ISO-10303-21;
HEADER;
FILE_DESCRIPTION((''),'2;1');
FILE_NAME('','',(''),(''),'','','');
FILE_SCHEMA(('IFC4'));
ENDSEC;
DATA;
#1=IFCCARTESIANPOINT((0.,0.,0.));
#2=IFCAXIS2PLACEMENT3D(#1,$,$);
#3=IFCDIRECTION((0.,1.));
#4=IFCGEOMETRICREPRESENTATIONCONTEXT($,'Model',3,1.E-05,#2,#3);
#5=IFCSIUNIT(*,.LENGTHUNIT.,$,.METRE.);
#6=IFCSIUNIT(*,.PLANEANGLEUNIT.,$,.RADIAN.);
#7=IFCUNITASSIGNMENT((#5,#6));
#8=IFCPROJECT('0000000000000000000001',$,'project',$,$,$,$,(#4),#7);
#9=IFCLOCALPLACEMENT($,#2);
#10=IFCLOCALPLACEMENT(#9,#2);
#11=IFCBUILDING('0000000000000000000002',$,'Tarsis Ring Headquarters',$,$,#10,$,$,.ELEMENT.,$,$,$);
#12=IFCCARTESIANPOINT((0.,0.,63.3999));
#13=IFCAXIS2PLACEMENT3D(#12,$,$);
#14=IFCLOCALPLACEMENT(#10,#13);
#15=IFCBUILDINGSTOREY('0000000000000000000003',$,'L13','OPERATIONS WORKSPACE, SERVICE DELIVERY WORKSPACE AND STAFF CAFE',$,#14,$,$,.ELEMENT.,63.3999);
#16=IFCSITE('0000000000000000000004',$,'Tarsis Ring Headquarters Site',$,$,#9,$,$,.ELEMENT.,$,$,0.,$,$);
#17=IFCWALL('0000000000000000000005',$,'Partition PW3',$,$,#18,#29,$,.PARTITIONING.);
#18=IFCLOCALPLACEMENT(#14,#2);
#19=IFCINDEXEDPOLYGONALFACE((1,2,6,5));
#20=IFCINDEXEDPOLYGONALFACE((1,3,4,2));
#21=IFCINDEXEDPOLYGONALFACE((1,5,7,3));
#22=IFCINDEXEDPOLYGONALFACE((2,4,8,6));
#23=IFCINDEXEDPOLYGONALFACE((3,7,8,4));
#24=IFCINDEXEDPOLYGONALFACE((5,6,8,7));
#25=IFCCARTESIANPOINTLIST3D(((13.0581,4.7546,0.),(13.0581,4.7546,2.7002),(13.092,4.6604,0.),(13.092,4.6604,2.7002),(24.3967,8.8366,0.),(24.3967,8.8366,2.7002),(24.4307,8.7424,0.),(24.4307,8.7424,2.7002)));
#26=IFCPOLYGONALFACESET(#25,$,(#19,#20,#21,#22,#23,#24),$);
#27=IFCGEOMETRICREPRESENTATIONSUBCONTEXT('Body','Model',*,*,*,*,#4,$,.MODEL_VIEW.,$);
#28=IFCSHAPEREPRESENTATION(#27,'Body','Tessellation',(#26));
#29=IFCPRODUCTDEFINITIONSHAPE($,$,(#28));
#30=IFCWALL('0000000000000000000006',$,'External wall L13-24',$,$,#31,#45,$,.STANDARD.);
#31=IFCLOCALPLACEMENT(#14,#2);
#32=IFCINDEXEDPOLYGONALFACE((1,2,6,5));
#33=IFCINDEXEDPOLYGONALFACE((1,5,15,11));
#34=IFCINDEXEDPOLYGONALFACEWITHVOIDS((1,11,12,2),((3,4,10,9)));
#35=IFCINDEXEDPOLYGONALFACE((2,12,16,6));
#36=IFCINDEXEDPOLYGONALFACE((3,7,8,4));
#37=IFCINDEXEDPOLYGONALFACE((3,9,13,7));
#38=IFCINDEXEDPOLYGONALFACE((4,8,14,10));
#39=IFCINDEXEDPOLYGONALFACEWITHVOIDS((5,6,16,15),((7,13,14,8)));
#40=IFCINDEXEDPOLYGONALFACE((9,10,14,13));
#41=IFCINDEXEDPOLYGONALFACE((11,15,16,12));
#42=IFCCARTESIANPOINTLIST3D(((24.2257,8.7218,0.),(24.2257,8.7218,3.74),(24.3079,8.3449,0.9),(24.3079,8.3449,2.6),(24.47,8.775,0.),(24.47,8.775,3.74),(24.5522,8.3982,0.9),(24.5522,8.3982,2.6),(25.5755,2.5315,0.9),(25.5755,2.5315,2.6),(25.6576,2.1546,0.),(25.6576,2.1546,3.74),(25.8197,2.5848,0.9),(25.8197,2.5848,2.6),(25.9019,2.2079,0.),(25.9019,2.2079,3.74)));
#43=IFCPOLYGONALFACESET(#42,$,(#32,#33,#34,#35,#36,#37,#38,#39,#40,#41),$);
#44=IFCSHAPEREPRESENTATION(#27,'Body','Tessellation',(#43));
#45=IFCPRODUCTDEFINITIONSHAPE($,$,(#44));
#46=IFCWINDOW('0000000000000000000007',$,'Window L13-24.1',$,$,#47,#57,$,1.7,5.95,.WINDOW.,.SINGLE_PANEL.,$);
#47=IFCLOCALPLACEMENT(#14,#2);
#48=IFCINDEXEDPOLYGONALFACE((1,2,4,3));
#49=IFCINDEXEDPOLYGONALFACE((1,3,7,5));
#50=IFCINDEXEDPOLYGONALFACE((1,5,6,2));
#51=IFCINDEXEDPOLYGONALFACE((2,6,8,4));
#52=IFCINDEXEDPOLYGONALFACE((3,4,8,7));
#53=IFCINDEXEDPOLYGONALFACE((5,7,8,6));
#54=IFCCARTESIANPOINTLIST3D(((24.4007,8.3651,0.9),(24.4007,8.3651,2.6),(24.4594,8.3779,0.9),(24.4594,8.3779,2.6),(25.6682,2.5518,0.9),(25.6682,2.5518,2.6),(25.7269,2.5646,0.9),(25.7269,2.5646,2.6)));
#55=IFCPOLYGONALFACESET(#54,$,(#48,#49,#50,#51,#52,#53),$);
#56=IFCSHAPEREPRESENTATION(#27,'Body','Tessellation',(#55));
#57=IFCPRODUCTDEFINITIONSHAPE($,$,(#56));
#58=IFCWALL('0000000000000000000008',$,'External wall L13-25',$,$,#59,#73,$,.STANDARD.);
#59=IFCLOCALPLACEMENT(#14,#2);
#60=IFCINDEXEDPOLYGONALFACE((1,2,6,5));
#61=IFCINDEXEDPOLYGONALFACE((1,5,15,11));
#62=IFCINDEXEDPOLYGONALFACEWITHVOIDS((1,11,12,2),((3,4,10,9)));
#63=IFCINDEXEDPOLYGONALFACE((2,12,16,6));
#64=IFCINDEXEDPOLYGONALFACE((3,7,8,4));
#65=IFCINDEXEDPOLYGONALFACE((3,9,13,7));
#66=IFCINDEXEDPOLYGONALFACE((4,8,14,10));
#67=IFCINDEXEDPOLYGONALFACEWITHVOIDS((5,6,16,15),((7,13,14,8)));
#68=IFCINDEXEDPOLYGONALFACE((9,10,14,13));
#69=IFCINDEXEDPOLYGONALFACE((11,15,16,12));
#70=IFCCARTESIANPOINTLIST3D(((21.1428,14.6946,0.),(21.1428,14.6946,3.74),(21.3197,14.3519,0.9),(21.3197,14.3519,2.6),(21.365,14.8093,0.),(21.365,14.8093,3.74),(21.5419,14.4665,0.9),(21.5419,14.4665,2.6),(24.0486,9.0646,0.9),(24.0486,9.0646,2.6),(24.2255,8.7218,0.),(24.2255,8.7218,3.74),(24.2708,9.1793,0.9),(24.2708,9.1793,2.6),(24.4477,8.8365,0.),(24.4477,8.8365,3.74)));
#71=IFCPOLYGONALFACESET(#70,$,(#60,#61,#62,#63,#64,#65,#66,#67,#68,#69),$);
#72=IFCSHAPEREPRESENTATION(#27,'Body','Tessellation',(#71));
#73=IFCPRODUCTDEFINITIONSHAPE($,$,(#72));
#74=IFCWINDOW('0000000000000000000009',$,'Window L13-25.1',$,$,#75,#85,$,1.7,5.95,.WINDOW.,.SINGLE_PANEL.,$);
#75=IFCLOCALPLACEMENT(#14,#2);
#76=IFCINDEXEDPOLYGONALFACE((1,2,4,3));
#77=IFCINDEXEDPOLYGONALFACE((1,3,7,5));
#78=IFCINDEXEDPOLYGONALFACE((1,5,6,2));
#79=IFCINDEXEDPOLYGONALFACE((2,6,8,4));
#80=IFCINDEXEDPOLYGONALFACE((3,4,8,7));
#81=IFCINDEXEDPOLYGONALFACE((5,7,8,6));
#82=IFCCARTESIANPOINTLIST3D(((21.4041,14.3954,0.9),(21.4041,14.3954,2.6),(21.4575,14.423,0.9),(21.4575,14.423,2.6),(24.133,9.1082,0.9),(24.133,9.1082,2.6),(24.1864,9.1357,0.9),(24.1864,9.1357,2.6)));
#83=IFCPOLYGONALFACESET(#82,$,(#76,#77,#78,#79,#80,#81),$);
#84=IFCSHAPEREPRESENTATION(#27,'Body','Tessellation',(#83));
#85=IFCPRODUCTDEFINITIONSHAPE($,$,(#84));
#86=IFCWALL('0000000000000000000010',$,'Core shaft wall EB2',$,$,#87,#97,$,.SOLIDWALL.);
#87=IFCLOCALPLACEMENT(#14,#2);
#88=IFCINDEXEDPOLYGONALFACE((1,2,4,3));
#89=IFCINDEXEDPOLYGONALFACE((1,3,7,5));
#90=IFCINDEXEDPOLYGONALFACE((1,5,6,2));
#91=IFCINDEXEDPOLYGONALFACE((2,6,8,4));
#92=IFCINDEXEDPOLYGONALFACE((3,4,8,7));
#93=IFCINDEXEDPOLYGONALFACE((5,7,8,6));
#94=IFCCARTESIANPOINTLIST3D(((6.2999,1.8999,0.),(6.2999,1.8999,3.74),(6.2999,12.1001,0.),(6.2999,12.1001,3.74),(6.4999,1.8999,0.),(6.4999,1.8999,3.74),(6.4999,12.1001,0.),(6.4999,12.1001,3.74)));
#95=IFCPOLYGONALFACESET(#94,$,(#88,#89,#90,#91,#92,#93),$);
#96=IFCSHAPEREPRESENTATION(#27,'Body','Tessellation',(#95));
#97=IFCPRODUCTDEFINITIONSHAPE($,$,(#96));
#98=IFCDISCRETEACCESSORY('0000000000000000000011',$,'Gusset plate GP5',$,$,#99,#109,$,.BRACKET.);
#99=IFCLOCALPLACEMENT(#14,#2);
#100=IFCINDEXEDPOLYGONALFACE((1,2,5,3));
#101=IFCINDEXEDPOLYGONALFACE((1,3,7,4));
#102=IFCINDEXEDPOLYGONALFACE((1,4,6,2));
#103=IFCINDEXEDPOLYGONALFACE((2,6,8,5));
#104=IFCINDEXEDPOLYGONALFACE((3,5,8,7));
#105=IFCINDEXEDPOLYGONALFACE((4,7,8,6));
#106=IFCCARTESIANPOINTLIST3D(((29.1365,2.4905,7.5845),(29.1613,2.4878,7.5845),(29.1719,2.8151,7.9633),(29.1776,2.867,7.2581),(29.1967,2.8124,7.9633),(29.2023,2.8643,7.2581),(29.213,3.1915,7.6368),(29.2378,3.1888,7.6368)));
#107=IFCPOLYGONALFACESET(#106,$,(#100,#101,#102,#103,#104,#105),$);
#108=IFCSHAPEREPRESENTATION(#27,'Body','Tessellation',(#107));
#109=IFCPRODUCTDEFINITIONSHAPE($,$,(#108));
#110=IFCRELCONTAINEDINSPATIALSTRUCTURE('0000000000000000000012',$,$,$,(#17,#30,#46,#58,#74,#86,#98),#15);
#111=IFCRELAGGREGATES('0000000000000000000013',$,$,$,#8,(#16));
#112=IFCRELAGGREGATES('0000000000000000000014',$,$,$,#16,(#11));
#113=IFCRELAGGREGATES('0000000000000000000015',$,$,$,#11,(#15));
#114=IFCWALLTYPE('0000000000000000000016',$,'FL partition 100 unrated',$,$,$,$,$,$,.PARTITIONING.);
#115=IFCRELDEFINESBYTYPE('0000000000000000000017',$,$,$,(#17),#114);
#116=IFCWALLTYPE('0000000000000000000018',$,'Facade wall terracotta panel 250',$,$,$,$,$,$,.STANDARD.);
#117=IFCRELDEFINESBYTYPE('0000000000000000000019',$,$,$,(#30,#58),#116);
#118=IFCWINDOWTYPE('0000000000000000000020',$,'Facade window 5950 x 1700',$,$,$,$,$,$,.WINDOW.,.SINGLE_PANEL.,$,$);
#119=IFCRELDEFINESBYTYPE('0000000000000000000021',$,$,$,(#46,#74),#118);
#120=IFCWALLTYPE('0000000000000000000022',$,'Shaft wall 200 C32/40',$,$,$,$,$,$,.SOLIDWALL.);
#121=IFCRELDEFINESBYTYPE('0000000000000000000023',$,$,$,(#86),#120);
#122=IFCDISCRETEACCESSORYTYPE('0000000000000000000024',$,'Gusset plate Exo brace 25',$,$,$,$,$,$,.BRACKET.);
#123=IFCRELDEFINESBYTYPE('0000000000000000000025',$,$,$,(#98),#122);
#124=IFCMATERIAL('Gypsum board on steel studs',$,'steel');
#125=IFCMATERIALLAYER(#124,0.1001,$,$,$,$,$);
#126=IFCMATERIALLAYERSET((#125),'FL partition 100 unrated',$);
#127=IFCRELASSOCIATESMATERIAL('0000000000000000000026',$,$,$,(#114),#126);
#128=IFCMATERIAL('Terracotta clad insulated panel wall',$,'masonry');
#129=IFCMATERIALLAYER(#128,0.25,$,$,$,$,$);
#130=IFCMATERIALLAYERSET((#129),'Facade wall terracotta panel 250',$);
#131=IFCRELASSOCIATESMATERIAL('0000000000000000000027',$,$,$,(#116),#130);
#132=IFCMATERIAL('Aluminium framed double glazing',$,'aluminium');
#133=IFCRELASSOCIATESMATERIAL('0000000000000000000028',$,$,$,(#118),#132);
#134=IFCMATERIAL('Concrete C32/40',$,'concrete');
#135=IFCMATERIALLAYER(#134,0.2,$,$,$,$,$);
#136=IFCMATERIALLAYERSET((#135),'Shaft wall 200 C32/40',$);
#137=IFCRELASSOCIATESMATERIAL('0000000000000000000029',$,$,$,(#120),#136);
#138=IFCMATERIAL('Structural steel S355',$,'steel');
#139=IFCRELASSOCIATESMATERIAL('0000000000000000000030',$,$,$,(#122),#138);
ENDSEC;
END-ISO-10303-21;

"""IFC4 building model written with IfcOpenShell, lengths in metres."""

from ifc_helpers import new_model, si_unit, direction, frame, frame_2d, origin, origin_2d, place, context, subcontext, project, spatial, rectangle, extrude, material, layer, layer_set, material_profile, profile_set, type_object, element, fill, save


model = new_model("IFC4")

# Units and contexts
model_context = context("Model", 3, precision=1e-05, world=origin(), true_north=direction((0.0, 1.0)))
body_context = subcontext(model_context, "Body", "Model", "MODEL_VIEW")
ifc_project = project(units=[si_unit("LENGTHUNIT", "METRE"), si_unit("PLANEANGLEUNIT", "RADIAN")], contexts=[model_context])

# Site, building, storey
site_placement = place(None, origin())
site = spatial("IfcSite", under=ifc_project, at=site_placement, Name="Tarsis Ring Headquarters Site", CompositionType="ELEMENT", RefElevation=0.0)
building_placement = place(site_placement, origin())
building = spatial("IfcBuilding", under=site, at=building_placement, Name="Tarsis Ring Headquarters", CompositionType="ELEMENT")
storey_placement = place(building_placement, frame((0.0, 0.0, 63.3999)))
storey = spatial("IfcBuildingStorey", under=building, at=storey_placement, Name="L13", Description="OPERATIONS WORKSPACE, SERVICE DELIVERY WORKSPACE AND STAFF CAFE", CompositionType="ELEMENT", Elevation=63.3999)

# Shared definitions
ifc_material_1 = material(Name="Structural steel S355", Category="steel")

# Wall
ifc_material_2 = material(Name="Gypsum board on steel studs", Category="steel")
ifc_layer_1 = layer(ifc_material_2, 0.1001)
ifc_layer_set_1 = layer_set([ifc_layer_1], Name="FL partition 100 unrated")
wall_type_1 = type_object("IfcWallType", Name="FL partition 100 unrated", PredefinedType="PARTITIONING", material=ifc_layer_set_1)
wall_1_placement = place(storey_placement, frame((13.0752, 4.7075, 0.0), z_axis=(0.0, 0.0, 1.0), x_axis=(0.940884, 0.338729, 0.0)))
element("IfcWall", 1, at=wall_1_placement, inside=storey, type_object=wall_type_1, Name="Partition PW3", PredefinedType="PARTITIONING", context=body_context, shape_type="SweptSolid", body=[
    extrude(rectangle(XDim=12.051, YDim=0.1001, at=frame_2d((6.0254, 0.0))), origin(), (0.0, 0.0, 1.0), 2.7002),
])

# Walls, openings, windows
ifc_material_3 = material(Name="Terracotta clad insulated panel wall", Category="masonry")
ifc_layer_2 = layer(ifc_material_3, 0.25)
ifc_layer_set_2 = layer_set([ifc_layer_2], Name="Facade wall terracotta panel 250")
wall_type_2 = type_object("IfcWallType", Name="Facade wall terracotta panel 250", PredefinedType="STANDARD", material=ifc_layer_set_2)
wall_2_placement = place(storey_placement, frame((25.7798, 2.1812, 0.0), z_axis=(0.0, 0.0, 1.0), x_axis=(-0.213033, 0.977045, 0.0)))
wall_2 = element("IfcWall", 2, at=wall_2_placement, inside=storey, type_object=wall_type_2, Name="External wall L13-24", PredefinedType="STANDARD", context=body_context, shape_type="SweptSolid", body=[
    extrude(rectangle(XDim=6.7214, YDim=0.25, at=frame_2d((3.3608, 0.0))), origin(), (0.0, 0.0, 1.0), 3.74),
])
opening_1_placement = place(wall_2_placement, frame((0.3857, 0.0, 0.8999)))
opening_1 = element("IfcOpeningElement", 3, at=opening_1_placement, cuts=wall_2, PredefinedType="OPENING", context=body_context, shape_type="SweptSolid", body=[
    extrude(rectangle(XDim=5.95, YDim=1.7, at=frame_2d((2.9751, 0.8501))), frame((0.0, 0.135, 0.0), z_axis=(0.0, -1.0, 0.0), x_axis=(1.0, 0.0, 0.0)), (0.0, 0.0, 1.0), 0.27),
])
ifc_material_4 = material(Name="Aluminium framed double glazing", Category="aluminium")
window_type = type_object("IfcWindowType", Name="Facade window 5950 x 1700", PartitioningType="SINGLE_PANEL", PredefinedType="WINDOW", material=ifc_material_4)
window_1_placement = place(opening_1_placement, origin())
window_1 = element("IfcWindow", 4, at=window_1_placement, inside=storey, type_object=window_type, Name="Window L13-24.1", OverallHeight=1.7, OverallWidth=5.95, PartitioningType="SINGLE_PANEL", PredefinedType="WINDOW", context=body_context, shape_type="SweptSolid", body=[
    extrude(rectangle(XDim=5.95, YDim=1.7, at=frame_2d((2.9751, 0.8501))), frame((0.0, 0.03, 0.0), z_axis=(0.0, -1.0, 0.0), x_axis=(1.0, 0.0, 0.0)), (0.0, 0.0, 1.0), 0.0601),
])
fill(opening_1, window_1)
wall_3_placement = place(storey_placement, frame((24.3367, 8.7791, 0.0), z_axis=(0.0, 0.0, 1.0), x_axis=(-0.45864, 0.888622, 0.0)))
wall_3 = element("IfcWall", 5, at=wall_3_placement, inside=storey, type_object=wall_type_2, Name="External wall L13-25", PredefinedType="STANDARD", context=body_context, shape_type="SweptSolid", body=[
    extrude(rectangle(XDim=6.7214, YDim=0.25, at=frame_2d((3.3608, 0.0))), origin(), (0.0, 0.0, 1.0), 3.74),
])
opening_2_placement = place(wall_3_placement, frame((0.3857, 0.0, 0.8999)))
opening_2 = element("IfcOpeningElement", 6, at=opening_2_placement, cuts=wall_3, PredefinedType="OPENING", context=body_context, shape_type="SweptSolid", body=[
    extrude(rectangle(XDim=5.95, YDim=1.7, at=frame_2d((2.9751, 0.8501))), frame((0.0, 0.135, 0.0), z_axis=(0.0, -1.0, 0.0), x_axis=(1.0, 0.0, 0.0)), (0.0, 0.0, 1.0), 0.27),
])
window_2_placement = place(opening_2_placement, origin())
window_2 = element("IfcWindow", 7, at=window_2_placement, inside=storey, type_object=window_type, Name="Window L13-25.1", OverallHeight=1.7, OverallWidth=5.95, PartitioningType="SINGLE_PANEL", PredefinedType="WINDOW", context=body_context, shape_type="SweptSolid", body=[
    extrude(rectangle(XDim=5.95, YDim=1.7, at=frame_2d((2.9751, 0.8501))), frame((0.0, 0.03, 0.0), z_axis=(0.0, -1.0, 0.0), x_axis=(1.0, 0.0, 0.0)), (0.0, 0.0, 1.0), 0.0601),
])
fill(opening_2, window_2)

# Wall
ifc_material_5 = material(Name="Concrete C32/40", Category="concrete")
ifc_layer_3 = layer(ifc_material_5, 0.2)
ifc_layer_set_3 = layer_set([ifc_layer_3], Name="Shaft wall 200 C32/40")
wall_type_3 = type_object("IfcWallType", Name="Shaft wall 200 C32/40", PredefinedType="SOLIDWALL", material=ifc_layer_set_3)
wall_4_placement = place(storey_placement, frame((6.3999, 1.8999, 0.0), z_axis=(0.0, 0.0, 1.0), x_axis=(0.0, 1.0, 0.0)))
element("IfcWall", 8, at=wall_4_placement, inside=storey, type_object=wall_type_3, Name="Core shaft wall EB2", PredefinedType="SOLIDWALL", context=body_context, shape_type="SweptSolid", body=[
    extrude(rectangle(XDim=10.2002, YDim=0.2, at=frame_2d((5.1001, 0.0))), origin(), (0.0, 0.0, 1.0), 3.74),
])

# Discrete accessory
ifc_material_profile_1 = material_profile(ifc_material_1, rectangle(XDim=0.0249, YDim=0.5, at=origin_2d()), Name="PL 25x500")
ifc_profile_set_1 = profile_set([ifc_material_profile_1], Name="Structural steel S355")
discrete_accessory_type = type_object("IfcDiscreteAccessoryType", Name="Gusset plate Exo brace 25", PredefinedType="BRACKET", material=ifc_profile_set_1)
discrete_accessory_placement = place(storey_placement, frame((29.2048, 3.002, 7.8), z_axis=(-0.070813, -0.649037, -0.757454), x_axis=(0.994101, -0.108461, 0.0)))
element("IfcDiscreteAccessory", 9, at=discrete_accessory_placement, inside=storey, type_object=discrete_accessory_type, Name="Gusset plate GP5", PredefinedType="BRACKET", context=body_context, shape_type="SweptSolid", body=[
    extrude(rectangle(XDim=0.0249, YDim=0.5, at=origin_2d()), origin(), (0.0, 0.0, 1.0), 0.5),
])

save(model, "model.ifc")
